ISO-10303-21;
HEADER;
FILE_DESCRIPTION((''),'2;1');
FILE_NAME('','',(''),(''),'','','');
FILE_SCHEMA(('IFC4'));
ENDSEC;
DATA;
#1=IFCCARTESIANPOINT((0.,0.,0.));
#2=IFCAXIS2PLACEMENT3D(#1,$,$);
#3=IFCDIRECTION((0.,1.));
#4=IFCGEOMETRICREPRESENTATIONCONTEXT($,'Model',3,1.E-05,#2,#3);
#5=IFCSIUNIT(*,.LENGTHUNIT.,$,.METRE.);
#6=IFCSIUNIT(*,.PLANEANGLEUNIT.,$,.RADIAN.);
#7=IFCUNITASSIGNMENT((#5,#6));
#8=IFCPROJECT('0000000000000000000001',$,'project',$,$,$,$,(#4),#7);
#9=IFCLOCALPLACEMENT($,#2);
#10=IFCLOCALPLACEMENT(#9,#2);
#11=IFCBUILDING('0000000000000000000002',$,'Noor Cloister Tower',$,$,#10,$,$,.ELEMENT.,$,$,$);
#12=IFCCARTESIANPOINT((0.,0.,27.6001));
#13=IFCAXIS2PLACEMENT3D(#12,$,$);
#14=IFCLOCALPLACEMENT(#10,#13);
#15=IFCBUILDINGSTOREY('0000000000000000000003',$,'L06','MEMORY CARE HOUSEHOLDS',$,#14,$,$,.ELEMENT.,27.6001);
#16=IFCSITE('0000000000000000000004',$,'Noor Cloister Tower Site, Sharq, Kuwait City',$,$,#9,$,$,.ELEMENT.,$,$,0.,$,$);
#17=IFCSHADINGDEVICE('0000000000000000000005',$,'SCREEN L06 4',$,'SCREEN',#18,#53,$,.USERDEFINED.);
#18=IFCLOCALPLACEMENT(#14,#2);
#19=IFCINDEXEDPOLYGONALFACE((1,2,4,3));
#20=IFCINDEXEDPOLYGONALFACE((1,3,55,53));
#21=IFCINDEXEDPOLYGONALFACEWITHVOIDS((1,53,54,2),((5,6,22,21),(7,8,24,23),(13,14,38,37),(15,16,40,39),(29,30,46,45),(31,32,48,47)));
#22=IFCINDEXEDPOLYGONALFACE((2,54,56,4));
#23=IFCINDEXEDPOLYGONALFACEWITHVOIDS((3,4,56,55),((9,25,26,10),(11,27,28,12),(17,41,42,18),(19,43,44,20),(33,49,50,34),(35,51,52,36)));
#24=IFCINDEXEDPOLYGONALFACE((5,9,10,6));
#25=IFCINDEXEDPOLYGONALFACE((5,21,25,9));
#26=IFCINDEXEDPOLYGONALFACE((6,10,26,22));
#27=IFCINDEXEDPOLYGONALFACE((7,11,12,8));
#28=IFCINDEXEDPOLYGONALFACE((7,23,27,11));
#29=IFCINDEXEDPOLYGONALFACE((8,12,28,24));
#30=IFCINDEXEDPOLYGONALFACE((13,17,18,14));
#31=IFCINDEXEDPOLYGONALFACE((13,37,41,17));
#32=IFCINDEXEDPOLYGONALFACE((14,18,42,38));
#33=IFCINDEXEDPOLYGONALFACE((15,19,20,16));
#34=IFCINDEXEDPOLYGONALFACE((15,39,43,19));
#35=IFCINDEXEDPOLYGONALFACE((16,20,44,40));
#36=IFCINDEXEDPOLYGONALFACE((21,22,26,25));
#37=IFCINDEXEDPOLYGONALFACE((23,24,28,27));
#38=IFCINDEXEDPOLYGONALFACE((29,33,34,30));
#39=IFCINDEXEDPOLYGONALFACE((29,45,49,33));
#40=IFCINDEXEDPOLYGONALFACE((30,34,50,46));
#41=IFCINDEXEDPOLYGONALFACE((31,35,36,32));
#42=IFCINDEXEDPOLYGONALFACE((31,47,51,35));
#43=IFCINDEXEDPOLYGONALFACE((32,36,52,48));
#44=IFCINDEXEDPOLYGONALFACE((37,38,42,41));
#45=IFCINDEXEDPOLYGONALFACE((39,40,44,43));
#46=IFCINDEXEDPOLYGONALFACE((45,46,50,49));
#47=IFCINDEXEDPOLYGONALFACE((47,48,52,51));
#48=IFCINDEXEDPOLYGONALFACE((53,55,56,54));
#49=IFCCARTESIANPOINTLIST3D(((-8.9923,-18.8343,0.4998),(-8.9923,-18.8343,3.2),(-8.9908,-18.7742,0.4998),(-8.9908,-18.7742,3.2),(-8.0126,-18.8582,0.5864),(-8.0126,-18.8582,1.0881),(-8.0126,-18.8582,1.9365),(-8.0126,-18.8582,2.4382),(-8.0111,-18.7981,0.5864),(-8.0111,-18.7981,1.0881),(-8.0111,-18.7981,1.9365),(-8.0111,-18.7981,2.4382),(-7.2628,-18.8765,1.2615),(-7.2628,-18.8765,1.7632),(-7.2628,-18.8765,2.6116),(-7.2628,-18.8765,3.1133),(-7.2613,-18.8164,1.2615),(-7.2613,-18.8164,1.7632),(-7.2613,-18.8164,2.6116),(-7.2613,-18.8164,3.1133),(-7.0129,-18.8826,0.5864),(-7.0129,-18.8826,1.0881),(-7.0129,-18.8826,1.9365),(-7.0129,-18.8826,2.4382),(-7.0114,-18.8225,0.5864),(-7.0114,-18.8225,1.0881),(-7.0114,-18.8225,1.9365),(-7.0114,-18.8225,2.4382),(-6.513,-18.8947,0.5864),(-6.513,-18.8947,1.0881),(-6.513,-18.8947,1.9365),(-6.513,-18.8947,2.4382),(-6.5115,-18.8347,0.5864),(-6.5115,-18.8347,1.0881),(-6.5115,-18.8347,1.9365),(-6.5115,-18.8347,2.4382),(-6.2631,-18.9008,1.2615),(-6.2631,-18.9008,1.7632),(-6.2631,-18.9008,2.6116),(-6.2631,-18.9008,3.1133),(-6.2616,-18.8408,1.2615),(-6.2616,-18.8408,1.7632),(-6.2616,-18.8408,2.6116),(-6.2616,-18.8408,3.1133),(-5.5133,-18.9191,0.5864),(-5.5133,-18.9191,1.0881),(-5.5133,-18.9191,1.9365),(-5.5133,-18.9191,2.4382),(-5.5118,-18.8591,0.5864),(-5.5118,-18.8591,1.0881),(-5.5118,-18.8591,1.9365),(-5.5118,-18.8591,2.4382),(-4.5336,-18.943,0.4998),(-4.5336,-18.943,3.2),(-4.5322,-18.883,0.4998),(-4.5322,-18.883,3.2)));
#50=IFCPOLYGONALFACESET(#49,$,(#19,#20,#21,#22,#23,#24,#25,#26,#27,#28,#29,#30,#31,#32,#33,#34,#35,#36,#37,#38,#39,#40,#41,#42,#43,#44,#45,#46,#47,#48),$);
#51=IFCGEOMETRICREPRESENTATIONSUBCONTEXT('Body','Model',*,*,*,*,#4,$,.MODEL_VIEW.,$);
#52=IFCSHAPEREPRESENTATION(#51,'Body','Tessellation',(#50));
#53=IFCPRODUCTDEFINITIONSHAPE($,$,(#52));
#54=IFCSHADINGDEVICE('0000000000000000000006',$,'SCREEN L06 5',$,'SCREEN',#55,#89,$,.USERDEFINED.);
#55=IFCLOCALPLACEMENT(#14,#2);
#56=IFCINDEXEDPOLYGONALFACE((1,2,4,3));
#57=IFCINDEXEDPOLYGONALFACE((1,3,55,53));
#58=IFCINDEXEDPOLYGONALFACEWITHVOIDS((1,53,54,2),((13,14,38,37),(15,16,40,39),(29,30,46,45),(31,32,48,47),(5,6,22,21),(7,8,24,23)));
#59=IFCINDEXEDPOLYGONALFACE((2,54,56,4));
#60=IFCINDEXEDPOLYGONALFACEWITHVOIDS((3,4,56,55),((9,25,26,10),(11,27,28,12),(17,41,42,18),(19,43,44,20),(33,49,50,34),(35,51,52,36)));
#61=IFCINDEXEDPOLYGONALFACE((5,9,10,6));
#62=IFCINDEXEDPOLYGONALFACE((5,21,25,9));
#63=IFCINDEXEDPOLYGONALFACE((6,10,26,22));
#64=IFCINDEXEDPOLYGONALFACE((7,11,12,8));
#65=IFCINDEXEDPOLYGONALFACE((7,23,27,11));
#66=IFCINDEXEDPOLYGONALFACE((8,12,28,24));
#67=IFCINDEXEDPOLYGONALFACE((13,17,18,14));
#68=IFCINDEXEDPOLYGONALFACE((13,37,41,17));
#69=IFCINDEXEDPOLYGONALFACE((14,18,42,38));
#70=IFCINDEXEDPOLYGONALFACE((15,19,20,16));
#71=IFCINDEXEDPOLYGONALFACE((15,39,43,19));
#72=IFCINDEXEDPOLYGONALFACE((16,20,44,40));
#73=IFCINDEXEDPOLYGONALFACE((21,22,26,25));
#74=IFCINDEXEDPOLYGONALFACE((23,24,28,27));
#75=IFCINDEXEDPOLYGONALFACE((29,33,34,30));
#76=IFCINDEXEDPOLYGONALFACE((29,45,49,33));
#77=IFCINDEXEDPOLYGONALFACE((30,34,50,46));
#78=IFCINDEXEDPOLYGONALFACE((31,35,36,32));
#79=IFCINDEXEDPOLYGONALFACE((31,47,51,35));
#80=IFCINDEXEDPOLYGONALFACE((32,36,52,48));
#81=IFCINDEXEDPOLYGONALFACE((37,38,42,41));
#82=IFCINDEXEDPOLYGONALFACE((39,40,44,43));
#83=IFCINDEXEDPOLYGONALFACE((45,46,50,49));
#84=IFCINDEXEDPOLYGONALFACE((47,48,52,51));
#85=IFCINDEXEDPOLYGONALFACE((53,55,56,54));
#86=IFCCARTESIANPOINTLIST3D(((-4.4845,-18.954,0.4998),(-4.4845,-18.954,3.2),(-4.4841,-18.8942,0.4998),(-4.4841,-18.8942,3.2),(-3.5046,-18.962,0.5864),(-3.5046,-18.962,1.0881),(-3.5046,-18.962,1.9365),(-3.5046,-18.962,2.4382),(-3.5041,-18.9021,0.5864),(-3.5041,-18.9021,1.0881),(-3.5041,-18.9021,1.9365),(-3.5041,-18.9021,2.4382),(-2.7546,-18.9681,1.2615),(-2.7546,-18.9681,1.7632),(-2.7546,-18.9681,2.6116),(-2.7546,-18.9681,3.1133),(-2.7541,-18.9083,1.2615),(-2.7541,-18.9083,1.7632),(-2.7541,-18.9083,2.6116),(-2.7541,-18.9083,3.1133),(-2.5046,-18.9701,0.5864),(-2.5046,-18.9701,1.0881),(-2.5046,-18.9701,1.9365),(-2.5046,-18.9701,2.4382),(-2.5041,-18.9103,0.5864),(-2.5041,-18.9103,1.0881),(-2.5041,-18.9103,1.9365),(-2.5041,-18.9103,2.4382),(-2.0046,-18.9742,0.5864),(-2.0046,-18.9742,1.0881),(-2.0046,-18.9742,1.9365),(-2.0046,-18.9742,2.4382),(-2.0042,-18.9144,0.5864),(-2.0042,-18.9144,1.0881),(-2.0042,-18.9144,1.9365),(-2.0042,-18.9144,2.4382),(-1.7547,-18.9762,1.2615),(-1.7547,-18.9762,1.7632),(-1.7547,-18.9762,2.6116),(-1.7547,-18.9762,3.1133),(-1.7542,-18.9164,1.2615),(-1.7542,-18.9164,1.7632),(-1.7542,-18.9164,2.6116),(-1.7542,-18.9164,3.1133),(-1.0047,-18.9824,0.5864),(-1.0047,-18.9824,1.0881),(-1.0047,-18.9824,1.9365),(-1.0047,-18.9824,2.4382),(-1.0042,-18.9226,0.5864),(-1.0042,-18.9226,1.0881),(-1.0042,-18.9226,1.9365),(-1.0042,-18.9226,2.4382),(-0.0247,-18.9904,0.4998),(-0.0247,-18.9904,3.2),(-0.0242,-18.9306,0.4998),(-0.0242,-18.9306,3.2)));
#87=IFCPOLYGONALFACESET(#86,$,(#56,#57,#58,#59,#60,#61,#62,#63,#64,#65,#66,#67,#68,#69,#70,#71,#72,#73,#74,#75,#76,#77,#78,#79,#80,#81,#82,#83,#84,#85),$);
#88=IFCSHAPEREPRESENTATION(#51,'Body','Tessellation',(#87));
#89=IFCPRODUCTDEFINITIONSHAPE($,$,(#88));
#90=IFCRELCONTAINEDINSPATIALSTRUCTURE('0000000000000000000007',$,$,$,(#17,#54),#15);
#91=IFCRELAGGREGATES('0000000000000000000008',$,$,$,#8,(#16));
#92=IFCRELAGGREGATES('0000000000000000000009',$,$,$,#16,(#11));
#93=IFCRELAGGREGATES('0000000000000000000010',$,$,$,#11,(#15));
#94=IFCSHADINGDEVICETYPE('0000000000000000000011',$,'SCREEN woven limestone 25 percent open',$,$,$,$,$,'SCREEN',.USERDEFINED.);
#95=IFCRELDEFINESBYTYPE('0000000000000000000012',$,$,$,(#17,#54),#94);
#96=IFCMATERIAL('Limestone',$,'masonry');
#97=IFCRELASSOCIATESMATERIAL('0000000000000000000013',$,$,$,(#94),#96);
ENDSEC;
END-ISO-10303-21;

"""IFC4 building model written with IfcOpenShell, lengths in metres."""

from ifc_helpers import new_model, si_unit, direction, frame, origin, place, context, subcontext, project, spatial, polyline, outline, extrude, material, material_profile, profile_set, type_object, element, save


model = new_model("IFC4")

# Units and contexts
model_context = context("Model", 3, precision=1e-05, world=origin(), true_north=direction((0.0, 1.0)))
body_context = subcontext(model_context, "Body", "Model", "MODEL_VIEW")
ifc_project = project(units=[si_unit("LENGTHUNIT", "METRE"), si_unit("PLANEANGLEUNIT", "RADIAN")], contexts=[model_context])

# Site, building, storey
site_placement = place(None, origin())
site = spatial("IfcSite", under=ifc_project, at=site_placement, Name="Noor Cloister Tower Site, Sharq, Kuwait City", CompositionType="ELEMENT", RefElevation=0.0)
building_placement = place(site_placement, origin())
building = spatial("IfcBuilding", under=site, at=building_placement, Name="Noor Cloister Tower", CompositionType="ELEMENT")
storey_placement = place(building_placement, frame((0.0, 0.0, 27.6001)))
storey = spatial("IfcBuildingStorey", under=building, at=storey_placement, Name="L06", Description="MEMORY CARE HOUSEHOLDS", CompositionType="ELEMENT", Elevation=27.6001)

# Shading devices
ifc_material_1 = material(Name="Limestone", Category="masonry")
ifc_material_profile_1 = material_profile(ifc_material_1, outline(polyline([(-2.23, -1.3501), (2.23, -1.3501), (2.23, 1.3501), (-2.23, 1.3501), (-2.23, -1.3501)]), holes=[polyline([(-1.25, -1.2634), (-0.25, -1.2634), (-0.25, -0.7617), (-1.25, -0.7617), (-1.25, -1.2634)]), polyline([(0.25, -1.2634), (1.25, -1.2634), (1.25, -0.7617), (0.25, -0.7617), (0.25, -1.2634)]), polyline([(-0.5, -0.5884), (0.5, -0.5884), (0.5, -0.0867), (-0.5, -0.0867), (-0.5, -0.5884)]), polyline([(-1.25, 0.0867), (-0.25, 0.0867), (-0.25, 0.5884), (-1.25, 0.5884), (-1.25, 0.0867)]), polyline([(0.25, 0.0867), (1.25, 0.0867), (1.25, 0.5884), (0.25, 0.5884), (0.25, 0.0867)]), polyline([(-0.5, 0.7617), (0.5, 0.7617), (0.5, 1.2634), (-0.5, 1.2634), (-0.5, 0.7617)])]), Name="Woven screen 25 percent open")
ifc_profile_set_1 = profile_set([ifc_material_profile_1], Name="Limestone")
shading_device_type = type_object("IfcShadingDeviceType", Name="SCREEN woven limestone 25 percent open", ElementType="SCREEN", PredefinedType="USERDEFINED", material=ifc_profile_set_1)
for number, where, z_axis, x_axis, name in (
    (1, (-6.7615, -18.8286, 1.8499), (-0.024383, -0.999703, 0.0), (0.999703, -0.024383, 0.0), "SCREEN L06 4"),
):
    element("IfcShadingDevice", number, at=place(storey_placement, frame(where, z_axis=z_axis, x_axis=x_axis)), inside=storey, type_object=shading_device_type, Name=name, ObjectType="SCREEN", PredefinedType="USERDEFINED", context=body_context, shape_type="SweptSolid", body=[
        extrude(outline(polyline([(-2.23, -1.3501), (2.23, -1.3501), (2.23, 1.3501), (-2.23, 1.3501), (-2.23, -1.3501)]), holes=[polyline([(-1.25, -1.2634), (-0.25, -1.2634), (-0.25, -0.7617), (-1.25, -0.7617), (-1.25, -1.2634)]), polyline([(0.25, -1.2634), (1.25, -1.2634), (1.25, -0.7617), (0.25, -0.7617), (0.25, -1.2634)]), polyline([(-0.5, -0.5884), (0.5, -0.5884), (0.5, -0.0867), (-0.5, -0.0867), (-0.5, -0.5884)]), polyline([(-1.25, 0.0867), (-0.25, 0.0867), (-0.25, 0.5884), (-1.25, 0.5884), (-1.25, 0.0867)]), polyline([(0.25, 0.0867), (1.25, 0.0867), (1.25, 0.5884), (0.25, 0.5884), (0.25, 0.0867)]), polyline([(-0.5, 0.7617), (0.5, 0.7617), (0.5, 1.2634), (-0.5, 1.2634), (-0.5, 0.7617)])]), origin(), (0.0, 0.0, 1.0), 0.0601),
    ])
shading_device_placement = place(storey_placement, frame((-2.2542, -18.9124, 1.8499), z_axis=(-0.008163, -0.999967, 0.0), x_axis=(0.999967, -0.008163, 0.0)))
element("IfcShadingDevice", 2, at=shading_device_placement, inside=storey, type_object=shading_device_type, Name="SCREEN L06 5", ObjectType="SCREEN", PredefinedType="USERDEFINED", context=body_context, shape_type="SweptSolid", body=[
    extrude(outline(polyline([(-2.23, -1.3501), (2.23, -1.3501), (2.23, 1.3501), (-2.23, 1.3501), (-2.23, -1.3501)]), holes=[polyline([(-1.25, -1.2634), (-0.25, -1.2634), (-0.25, -0.7617), (-1.25, -0.7617), (-1.25, -1.2634)]), polyline([(0.25, -1.2634), (1.25, -1.2634), (1.25, -0.7617), (0.25, -0.7617), (0.25, -1.2634)]), polyline([(-0.5, -0.5884), (0.5, -0.5884), (0.5, -0.0867), (-0.5, -0.0867), (-0.5, -0.5884)]), polyline([(-1.25, 0.0867), (-0.25, 0.0867), (-0.25, 0.5884), (-1.25, 0.5884), (-1.25, 0.0867)]), polyline([(0.25, 0.0867), (1.25, 0.0867), (1.25, 0.5884), (0.25, 0.5884), (0.25, 0.0867)]), polyline([(-0.5, 0.7617), (0.5, 0.7617), (0.5, 1.2634), (-0.5, 1.2634), (-0.5, 0.7617)])]), origin(), (0.0, 0.0, 1.0), 0.0598),
])

save(model, "model.ifc")
